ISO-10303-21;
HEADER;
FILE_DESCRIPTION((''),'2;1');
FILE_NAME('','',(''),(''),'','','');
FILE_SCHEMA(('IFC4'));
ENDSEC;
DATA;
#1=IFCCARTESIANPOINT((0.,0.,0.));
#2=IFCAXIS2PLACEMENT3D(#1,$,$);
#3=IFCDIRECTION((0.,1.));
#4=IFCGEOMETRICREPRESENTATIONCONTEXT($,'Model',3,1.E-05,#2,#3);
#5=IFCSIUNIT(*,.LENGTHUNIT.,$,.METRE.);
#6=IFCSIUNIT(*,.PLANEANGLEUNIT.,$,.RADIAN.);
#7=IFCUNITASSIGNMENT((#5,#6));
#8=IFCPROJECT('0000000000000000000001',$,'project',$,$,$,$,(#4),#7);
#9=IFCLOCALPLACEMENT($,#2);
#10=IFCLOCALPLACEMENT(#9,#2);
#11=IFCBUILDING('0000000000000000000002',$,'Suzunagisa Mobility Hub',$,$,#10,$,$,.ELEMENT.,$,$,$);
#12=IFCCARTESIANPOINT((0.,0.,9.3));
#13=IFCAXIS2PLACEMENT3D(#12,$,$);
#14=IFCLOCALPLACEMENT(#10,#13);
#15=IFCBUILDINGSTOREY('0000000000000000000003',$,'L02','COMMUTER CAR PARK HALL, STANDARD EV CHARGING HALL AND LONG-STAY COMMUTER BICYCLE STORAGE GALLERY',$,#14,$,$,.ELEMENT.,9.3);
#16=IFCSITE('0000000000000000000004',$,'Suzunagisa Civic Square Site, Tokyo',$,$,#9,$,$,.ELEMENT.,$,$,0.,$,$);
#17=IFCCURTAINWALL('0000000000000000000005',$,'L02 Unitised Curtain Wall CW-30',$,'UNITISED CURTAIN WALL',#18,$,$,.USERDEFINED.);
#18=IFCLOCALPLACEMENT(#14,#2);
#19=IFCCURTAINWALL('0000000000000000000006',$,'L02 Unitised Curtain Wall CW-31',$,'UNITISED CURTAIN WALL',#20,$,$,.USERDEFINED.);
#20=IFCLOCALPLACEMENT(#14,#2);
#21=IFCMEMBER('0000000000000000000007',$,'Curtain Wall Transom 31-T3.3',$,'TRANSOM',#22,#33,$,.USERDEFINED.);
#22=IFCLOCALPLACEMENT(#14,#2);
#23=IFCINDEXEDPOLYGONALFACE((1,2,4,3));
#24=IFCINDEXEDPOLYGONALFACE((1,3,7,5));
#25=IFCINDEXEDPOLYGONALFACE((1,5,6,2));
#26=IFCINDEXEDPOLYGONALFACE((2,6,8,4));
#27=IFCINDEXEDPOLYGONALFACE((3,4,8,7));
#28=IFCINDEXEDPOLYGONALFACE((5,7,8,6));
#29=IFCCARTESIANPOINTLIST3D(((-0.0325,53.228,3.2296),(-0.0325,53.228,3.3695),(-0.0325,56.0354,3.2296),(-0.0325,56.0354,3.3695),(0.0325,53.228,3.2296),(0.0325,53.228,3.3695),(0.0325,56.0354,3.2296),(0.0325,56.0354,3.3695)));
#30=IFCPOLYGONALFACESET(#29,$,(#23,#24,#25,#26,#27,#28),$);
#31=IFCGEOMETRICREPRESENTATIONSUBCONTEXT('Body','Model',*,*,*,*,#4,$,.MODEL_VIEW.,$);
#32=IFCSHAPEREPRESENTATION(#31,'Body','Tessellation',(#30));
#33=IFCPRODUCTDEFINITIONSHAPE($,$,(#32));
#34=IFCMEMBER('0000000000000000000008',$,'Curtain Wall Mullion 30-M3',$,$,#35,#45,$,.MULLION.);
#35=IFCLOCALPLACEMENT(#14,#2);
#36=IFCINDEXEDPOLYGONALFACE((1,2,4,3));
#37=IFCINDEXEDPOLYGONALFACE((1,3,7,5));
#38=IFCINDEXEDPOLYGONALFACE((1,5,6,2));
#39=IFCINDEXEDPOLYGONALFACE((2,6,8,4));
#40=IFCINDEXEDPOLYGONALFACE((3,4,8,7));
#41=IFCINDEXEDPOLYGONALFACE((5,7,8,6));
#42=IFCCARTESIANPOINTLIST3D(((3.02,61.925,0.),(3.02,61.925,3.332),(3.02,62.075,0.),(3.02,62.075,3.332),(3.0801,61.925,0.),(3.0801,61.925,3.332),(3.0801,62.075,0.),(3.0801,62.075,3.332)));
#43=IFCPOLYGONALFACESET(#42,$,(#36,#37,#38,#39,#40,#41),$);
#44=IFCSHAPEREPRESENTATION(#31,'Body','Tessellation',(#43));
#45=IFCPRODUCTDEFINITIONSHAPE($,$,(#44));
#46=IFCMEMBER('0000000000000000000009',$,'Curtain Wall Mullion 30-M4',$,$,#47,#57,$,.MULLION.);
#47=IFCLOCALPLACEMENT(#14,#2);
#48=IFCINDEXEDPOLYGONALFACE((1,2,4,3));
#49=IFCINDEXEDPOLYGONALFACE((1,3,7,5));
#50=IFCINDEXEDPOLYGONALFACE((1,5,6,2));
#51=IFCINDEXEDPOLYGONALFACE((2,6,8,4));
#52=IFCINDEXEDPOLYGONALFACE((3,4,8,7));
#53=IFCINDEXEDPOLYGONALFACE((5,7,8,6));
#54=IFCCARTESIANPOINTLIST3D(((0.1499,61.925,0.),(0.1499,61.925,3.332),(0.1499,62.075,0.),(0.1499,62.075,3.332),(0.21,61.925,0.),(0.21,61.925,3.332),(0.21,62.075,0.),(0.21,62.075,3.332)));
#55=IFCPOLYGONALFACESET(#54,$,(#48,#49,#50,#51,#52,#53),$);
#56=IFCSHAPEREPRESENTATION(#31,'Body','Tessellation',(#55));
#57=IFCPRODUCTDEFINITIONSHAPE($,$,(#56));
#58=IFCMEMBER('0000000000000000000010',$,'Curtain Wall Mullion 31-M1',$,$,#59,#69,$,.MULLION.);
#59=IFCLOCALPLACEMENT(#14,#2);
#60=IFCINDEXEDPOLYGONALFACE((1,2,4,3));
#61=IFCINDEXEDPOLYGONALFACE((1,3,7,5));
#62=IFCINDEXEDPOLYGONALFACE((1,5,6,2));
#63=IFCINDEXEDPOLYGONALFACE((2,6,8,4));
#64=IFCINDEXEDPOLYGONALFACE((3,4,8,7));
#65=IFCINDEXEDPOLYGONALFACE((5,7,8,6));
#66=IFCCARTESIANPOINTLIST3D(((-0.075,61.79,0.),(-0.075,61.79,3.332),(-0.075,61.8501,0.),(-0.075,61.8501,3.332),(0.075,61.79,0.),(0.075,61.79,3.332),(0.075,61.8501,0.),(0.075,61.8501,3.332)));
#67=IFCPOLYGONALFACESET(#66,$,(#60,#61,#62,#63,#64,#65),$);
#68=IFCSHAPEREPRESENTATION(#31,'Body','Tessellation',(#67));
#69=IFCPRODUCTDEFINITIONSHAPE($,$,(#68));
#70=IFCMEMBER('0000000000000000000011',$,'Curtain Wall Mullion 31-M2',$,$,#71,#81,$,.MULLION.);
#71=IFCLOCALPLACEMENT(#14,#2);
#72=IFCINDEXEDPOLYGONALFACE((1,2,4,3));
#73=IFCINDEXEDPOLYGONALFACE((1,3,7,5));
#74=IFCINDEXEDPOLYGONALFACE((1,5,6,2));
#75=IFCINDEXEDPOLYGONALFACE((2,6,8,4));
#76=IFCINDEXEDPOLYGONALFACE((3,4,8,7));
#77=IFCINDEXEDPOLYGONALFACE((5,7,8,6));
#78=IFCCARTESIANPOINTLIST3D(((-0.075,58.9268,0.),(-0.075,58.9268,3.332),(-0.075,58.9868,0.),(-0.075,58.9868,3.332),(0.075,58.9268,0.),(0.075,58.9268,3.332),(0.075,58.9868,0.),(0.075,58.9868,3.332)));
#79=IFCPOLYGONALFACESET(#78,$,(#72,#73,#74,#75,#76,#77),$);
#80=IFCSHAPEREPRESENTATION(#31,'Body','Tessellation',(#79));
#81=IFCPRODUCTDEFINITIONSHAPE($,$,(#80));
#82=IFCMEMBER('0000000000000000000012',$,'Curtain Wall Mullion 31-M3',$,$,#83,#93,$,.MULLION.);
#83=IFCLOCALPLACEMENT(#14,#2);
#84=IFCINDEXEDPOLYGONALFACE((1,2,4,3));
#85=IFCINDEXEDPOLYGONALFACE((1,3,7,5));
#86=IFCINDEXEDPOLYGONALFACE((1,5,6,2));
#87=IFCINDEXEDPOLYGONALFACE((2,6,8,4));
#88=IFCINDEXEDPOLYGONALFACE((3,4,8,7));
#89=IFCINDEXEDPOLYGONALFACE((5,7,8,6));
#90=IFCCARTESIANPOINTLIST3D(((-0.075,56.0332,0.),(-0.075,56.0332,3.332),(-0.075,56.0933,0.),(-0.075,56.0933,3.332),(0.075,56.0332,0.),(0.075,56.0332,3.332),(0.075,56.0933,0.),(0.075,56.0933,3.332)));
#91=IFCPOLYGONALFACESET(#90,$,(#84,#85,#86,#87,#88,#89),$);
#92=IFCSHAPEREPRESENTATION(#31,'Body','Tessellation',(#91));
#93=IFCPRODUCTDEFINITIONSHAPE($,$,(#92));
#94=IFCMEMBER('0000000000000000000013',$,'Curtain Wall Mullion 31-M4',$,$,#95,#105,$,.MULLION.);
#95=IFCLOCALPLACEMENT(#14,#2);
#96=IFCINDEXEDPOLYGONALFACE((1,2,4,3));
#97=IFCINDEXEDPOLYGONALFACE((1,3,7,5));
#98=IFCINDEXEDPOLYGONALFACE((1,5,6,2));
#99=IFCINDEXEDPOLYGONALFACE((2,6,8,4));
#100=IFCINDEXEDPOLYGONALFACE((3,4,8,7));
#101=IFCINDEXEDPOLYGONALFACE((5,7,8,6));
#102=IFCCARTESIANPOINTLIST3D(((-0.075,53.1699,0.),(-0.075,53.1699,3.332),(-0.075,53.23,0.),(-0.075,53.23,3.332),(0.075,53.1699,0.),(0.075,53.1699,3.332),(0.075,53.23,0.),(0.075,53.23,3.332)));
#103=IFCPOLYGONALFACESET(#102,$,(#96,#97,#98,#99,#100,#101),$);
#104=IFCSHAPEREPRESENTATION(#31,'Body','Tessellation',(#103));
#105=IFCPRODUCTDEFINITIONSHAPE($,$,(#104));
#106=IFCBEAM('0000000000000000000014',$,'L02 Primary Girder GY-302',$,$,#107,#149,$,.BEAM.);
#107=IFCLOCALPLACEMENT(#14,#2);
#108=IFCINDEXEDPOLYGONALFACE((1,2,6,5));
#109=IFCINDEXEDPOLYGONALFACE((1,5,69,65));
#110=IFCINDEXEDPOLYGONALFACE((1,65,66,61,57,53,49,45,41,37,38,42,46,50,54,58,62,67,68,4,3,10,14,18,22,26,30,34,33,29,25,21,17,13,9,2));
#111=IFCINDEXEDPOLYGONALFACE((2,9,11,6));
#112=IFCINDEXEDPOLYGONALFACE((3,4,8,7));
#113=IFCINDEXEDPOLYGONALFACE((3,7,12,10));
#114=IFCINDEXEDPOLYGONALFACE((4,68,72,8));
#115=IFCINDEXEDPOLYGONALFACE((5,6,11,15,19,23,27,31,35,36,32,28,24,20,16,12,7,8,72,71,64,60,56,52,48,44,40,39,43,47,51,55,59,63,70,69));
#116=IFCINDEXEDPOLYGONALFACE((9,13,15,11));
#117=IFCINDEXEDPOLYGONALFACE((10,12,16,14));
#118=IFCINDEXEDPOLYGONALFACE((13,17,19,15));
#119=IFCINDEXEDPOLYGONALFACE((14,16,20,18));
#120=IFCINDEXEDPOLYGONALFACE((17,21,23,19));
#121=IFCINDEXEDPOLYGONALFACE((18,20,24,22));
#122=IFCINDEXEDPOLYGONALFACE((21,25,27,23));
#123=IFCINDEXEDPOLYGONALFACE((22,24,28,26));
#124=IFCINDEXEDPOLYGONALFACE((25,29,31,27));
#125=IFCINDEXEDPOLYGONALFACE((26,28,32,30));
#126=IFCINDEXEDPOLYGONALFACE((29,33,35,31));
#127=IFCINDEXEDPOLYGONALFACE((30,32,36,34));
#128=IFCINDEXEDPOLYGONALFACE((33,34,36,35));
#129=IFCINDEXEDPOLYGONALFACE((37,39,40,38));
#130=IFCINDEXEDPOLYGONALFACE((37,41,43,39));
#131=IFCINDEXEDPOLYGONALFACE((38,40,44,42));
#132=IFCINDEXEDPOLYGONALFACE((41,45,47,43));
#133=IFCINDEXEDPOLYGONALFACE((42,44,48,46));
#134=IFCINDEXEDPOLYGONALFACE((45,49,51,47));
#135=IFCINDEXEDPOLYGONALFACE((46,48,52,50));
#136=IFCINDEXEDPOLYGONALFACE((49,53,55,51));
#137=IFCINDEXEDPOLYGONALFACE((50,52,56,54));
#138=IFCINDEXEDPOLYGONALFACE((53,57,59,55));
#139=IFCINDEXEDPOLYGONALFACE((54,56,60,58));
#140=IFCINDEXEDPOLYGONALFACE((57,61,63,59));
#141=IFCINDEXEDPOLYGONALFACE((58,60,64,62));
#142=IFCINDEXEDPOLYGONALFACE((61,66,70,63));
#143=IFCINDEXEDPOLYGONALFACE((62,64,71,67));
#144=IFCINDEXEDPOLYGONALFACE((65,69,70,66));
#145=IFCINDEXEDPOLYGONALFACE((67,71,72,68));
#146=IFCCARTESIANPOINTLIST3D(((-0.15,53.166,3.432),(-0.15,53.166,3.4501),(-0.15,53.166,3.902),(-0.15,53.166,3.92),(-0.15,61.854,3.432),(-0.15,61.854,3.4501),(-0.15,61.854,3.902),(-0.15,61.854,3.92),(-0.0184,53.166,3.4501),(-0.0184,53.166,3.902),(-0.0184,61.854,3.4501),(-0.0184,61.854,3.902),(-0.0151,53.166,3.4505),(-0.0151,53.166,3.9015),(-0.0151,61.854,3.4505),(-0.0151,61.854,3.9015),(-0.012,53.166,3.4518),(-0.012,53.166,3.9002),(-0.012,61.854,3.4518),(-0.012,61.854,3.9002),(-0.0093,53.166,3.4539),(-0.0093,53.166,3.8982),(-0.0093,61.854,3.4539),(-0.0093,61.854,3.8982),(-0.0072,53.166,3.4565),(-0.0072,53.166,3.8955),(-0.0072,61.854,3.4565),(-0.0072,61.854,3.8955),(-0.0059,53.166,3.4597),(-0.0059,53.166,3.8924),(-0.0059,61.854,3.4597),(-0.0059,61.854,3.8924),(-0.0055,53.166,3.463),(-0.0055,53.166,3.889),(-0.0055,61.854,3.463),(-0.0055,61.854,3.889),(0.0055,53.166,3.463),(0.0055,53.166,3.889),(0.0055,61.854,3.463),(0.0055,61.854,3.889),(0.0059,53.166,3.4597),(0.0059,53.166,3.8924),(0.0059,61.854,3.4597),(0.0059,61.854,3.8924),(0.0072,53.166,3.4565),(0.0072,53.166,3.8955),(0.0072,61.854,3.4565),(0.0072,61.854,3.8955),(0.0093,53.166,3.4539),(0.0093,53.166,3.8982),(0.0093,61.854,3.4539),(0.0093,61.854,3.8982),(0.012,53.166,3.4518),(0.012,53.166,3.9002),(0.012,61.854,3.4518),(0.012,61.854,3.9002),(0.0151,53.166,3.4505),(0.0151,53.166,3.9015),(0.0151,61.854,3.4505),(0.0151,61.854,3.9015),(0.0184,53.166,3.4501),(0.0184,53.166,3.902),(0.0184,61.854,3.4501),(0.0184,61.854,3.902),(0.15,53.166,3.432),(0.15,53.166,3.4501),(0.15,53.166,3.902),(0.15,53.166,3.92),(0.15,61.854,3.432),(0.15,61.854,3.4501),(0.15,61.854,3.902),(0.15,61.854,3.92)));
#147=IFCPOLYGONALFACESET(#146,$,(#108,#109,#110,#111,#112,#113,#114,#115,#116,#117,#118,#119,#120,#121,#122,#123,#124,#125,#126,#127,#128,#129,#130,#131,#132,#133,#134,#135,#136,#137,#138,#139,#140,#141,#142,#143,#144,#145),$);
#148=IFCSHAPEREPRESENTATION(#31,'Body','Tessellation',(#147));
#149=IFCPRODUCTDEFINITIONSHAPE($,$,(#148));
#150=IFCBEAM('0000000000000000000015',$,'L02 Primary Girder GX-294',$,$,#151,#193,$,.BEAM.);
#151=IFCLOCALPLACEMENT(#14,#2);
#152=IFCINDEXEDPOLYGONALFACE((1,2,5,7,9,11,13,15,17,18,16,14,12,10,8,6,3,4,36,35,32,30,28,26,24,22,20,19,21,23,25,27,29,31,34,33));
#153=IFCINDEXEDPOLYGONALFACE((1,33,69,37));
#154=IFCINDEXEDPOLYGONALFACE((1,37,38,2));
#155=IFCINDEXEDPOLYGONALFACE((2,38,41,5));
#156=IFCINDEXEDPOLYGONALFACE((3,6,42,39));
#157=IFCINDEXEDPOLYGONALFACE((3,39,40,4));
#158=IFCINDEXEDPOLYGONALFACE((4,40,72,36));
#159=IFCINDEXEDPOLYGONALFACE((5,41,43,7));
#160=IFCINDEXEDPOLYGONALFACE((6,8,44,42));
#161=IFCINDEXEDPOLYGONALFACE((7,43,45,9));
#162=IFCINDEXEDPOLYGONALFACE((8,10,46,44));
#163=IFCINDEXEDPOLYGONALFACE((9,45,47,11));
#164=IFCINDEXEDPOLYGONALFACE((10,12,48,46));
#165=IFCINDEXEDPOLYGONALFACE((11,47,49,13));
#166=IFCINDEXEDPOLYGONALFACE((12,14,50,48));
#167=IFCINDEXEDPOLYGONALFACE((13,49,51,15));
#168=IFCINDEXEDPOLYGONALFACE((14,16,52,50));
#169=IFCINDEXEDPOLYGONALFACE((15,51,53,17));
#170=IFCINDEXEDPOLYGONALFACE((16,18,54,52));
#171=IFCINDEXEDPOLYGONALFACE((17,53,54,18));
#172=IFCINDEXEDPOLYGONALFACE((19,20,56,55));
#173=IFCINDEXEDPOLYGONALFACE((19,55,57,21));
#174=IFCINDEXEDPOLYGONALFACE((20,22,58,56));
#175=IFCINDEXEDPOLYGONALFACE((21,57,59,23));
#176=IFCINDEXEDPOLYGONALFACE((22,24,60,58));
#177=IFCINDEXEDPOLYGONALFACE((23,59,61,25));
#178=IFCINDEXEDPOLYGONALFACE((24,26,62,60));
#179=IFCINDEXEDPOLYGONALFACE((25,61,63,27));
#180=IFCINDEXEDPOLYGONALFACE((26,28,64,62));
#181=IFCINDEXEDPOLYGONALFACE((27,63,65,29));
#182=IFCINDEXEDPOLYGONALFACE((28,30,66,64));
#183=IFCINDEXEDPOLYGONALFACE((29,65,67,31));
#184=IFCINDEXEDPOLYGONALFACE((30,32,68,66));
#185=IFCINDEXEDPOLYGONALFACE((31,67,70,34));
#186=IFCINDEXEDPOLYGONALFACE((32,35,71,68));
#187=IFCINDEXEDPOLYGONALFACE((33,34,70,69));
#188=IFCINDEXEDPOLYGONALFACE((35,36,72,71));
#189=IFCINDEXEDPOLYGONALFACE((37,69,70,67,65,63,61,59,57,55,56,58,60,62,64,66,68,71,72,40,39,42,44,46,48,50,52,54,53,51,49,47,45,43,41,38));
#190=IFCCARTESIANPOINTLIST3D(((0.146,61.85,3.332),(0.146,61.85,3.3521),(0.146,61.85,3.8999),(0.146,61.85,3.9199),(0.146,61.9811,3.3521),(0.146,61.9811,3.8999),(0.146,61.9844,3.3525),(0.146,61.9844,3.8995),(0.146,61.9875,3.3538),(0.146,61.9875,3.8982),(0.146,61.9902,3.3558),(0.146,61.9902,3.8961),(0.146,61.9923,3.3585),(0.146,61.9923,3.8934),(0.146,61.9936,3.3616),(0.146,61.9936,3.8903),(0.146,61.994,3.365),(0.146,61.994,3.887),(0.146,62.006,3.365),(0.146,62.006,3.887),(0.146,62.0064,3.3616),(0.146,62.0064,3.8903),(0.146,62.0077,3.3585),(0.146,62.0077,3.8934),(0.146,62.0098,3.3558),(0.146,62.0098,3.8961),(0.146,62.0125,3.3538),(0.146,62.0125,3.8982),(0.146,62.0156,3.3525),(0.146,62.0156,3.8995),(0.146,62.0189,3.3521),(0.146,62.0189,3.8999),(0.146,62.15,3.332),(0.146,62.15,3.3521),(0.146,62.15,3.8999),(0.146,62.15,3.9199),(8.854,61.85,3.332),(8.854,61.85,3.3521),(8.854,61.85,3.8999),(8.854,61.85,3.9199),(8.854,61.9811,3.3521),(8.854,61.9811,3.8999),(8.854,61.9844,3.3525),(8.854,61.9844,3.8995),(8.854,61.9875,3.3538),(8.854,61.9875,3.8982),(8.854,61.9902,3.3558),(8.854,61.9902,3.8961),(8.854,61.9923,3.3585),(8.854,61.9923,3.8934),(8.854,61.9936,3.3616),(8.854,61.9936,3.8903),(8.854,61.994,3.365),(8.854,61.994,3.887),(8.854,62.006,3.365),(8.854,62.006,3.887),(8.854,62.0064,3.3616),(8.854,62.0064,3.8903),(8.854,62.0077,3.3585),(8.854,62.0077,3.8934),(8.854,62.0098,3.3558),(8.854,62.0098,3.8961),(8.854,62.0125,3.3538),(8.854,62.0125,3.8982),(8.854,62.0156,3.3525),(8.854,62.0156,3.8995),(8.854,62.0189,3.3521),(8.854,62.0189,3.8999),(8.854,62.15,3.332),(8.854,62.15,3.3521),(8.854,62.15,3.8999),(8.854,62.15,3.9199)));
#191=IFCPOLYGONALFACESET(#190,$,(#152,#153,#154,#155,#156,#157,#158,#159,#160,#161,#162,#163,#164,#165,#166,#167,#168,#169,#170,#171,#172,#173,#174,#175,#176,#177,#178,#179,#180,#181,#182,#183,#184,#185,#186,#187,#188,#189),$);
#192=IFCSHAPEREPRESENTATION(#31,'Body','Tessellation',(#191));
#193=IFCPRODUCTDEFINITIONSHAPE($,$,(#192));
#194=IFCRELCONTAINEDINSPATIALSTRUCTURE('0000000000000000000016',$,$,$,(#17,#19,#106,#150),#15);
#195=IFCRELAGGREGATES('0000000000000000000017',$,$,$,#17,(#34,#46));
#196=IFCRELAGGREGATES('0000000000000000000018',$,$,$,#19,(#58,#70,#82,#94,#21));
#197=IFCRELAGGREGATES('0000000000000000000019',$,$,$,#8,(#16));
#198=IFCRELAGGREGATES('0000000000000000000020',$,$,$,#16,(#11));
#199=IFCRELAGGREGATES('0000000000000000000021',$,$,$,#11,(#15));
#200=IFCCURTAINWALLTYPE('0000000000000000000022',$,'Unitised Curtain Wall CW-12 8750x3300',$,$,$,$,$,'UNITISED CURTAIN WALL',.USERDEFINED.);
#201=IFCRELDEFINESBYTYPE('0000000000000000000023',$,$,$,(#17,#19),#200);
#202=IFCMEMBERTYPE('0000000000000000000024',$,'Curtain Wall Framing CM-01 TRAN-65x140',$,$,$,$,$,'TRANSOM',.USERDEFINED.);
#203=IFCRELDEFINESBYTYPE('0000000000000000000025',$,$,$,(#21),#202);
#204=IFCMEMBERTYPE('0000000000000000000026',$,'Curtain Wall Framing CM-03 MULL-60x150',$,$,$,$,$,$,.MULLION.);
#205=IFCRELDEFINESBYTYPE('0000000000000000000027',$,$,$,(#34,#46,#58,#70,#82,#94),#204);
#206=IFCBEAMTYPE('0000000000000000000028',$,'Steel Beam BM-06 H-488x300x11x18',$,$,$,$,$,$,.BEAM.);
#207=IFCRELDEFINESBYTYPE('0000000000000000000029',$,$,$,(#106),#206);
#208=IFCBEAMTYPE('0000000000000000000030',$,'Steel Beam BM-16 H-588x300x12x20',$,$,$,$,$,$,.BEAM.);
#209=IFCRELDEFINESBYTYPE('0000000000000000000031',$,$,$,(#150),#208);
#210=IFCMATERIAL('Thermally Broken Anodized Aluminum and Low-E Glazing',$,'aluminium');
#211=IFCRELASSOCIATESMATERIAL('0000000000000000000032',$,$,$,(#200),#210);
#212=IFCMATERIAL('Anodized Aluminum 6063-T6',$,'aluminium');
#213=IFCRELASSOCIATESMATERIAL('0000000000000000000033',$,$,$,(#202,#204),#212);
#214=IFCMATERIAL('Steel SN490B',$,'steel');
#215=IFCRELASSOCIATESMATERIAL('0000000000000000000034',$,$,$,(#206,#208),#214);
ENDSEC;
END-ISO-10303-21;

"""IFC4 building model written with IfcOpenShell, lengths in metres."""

from ifc_helpers import new_model, si_unit, direction, frame, origin, origin_2d, place, context, subcontext, project, spatial, rectangle, i_section, extrude, material, material_profile, profile_set, type_object, element, aggregate, save


model = new_model("IFC4")

# Units and contexts
model_context = context("Model", 3, precision=1e-05, world=origin(), true_north=direction((0.0, 1.0)))
body_context = subcontext(model_context, "Body", "Model", "MODEL_VIEW")
ifc_project = project(units=[si_unit("LENGTHUNIT", "METRE"), si_unit("PLANEANGLEUNIT", "RADIAN")], contexts=[model_context])

# Site, building, storey
site_placement = place(None, origin())
site = spatial("IfcSite", under=ifc_project, at=site_placement, Name="Suzunagisa Civic Square Site, Tokyo", CompositionType="ELEMENT", RefElevation=0.0)
building_placement = place(site_placement, origin())
building = spatial("IfcBuilding", under=site, at=building_placement, Name="Suzunagisa Mobility Hub", CompositionType="ELEMENT")
storey_placement = place(building_placement, frame((0.0, 0.0, 9.3)))
storey = spatial("IfcBuildingStorey", under=building, at=storey_placement, Name="L02", Description="COMMUTER CAR PARK HALL, STANDARD EV CHARGING HALL AND LONG-STAY COMMUTER BICYCLE STORAGE GALLERY", CompositionType="ELEMENT", Elevation=9.3)

# Shared definitions
ifc_material_1 = material(Name="Steel SN490B", Category="steel")

# Curtain walls, member
ifc_material_2 = material(Name="Thermally Broken Anodized Aluminum and Low-E Glazing", Category="aluminium")
curtain_wall_type = type_object("IfcCurtainWallType", Name="Unitised Curtain Wall CW-12 8750x3300", ElementType="UNITISED CURTAIN WALL", PredefinedType="USERDEFINED", material=ifc_material_2)
curtain_wall_1_placement = place(storey_placement, origin())
curtain_wall_1 = element("IfcCurtainWall", 1, at=curtain_wall_1_placement, inside=storey, type_object=curtain_wall_type, Name="L02 Unitised Curtain Wall CW-30", ObjectType="UNITISED CURTAIN WALL", PredefinedType="USERDEFINED")
ifc_material_3 = material(Name="Anodized Aluminum 6063-T6", Category="aluminium")
ifc_material_profile_1 = material_profile(ifc_material_3, rectangle(XDim=0.0649, YDim=0.1399, at=origin_2d()), Name="TRAN-65x140")
ifc_profile_set_1 = profile_set([ifc_material_profile_1], Name="Anodized Aluminum 6063-T6")
member_type_1 = type_object("IfcMemberType", Name="Curtain Wall Framing CM-01 TRAN-65x140", ElementType="TRANSOM", PredefinedType="USERDEFINED", material=ifc_profile_set_1)
curtain_wall_2_placement = place(storey_placement, origin())
curtain_wall_2 = element("IfcCurtainWall", 2, at=curtain_wall_2_placement, inside=storey, type_object=curtain_wall_type, Name="L02 Unitised Curtain Wall CW-31", ObjectType="UNITISED CURTAIN WALL", PredefinedType="USERDEFINED")
member_1_placement = place(storey_placement, frame((0.0, 56.0354, 3.2996), z_axis=(0.0, -1.0, 0.0), x_axis=(1.0, 0.0, 0.0)))
member_1 = element("IfcMember", 3, at=member_1_placement, type_object=member_type_1, Name="Curtain Wall Transom 31-T3.3", ObjectType="TRANSOM", PredefinedType="USERDEFINED", context=body_context, shape_type="SweptSolid", body=[
    extrude(rectangle(XDim=0.0649, YDim=0.1399, at=origin_2d()), origin(), (0.0, 0.0, 1.0), 2.8074),
])

# Members
ifc_material_profile_2 = material_profile(ifc_material_3, rectangle(XDim=0.0601, YDim=0.1499, at=origin_2d()), Name="MULL-60x150")
ifc_profile_set_2 = profile_set([ifc_material_profile_2], Name="Anodized Aluminum 6063-T6")
member_type_2 = type_object("IfcMemberType", Name="Curtain Wall Framing CM-03 MULL-60x150", PredefinedType="MULLION", material=ifc_profile_set_2)
member_2_placement = place(storey_placement, frame((3.05, 62.0, 0.0), z_axis=(0.0, 0.0, 1.0), x_axis=(-1.0, 0.0, 0.0)))
member_2 = element("IfcMember", 4, at=member_2_placement, type_object=member_type_2, Name="Curtain Wall Mullion 30-M3", PredefinedType="MULLION", context=body_context, shape_type="SweptSolid", body=[
    extrude(rectangle(XDim=0.0601, YDim=0.1499, at=origin_2d()), origin(), (0.0, 0.0, 1.0), 3.332),
])
member_3_placement = place(storey_placement, frame((0.1799, 62.0, 0.0), z_axis=(0.0, 0.0, 1.0), x_axis=(-1.0, 0.0, 0.0)))
member_3 = element("IfcMember", 5, at=member_3_placement, type_object=member_type_2, Name="Curtain Wall Mullion 30-M4", PredefinedType="MULLION", context=body_context, shape_type="SweptSolid", body=[
    extrude(rectangle(XDim=0.0601, YDim=0.1499, at=origin_2d()), origin(), (0.0, 0.0, 1.0), 3.332),
])
member_4_placement = place(storey_placement, frame((0.0, 61.8201, 0.0), z_axis=(0.0, 0.0, 1.0), x_axis=(0.0, -1.0, 0.0)))
member_4 = element("IfcMember", 6, at=member_4_placement, type_object=member_type_2, Name="Curtain Wall Mullion 31-M1", PredefinedType="MULLION", context=body_context, shape_type="SweptSolid", body=[
    extrude(rectangle(XDim=0.0601, YDim=0.1499, at=origin_2d()), origin(), (0.0, 0.0, 1.0), 3.332),
])
member_5_placement = place(storey_placement, frame((0.0, 58.9568, 0.0), z_axis=(0.0, 0.0, 1.0), x_axis=(0.0, -1.0, 0.0)))
member_5 = element("IfcMember", 7, at=member_5_placement, type_object=member_type_2, Name="Curtain Wall Mullion 31-M2", PredefinedType="MULLION", context=body_context, shape_type="SweptSolid", body=[
    extrude(rectangle(XDim=0.0601, YDim=0.1499, at=origin_2d()), origin(), (0.0, 0.0, 1.0), 3.332),
])
member_6_placement = place(storey_placement, frame((0.0, 56.0632, 0.0), z_axis=(0.0, 0.0, 1.0), x_axis=(0.0, -1.0, 0.0)))
member_6 = element("IfcMember", 8, at=member_6_placement, type_object=member_type_2, Name="Curtain Wall Mullion 31-M3", PredefinedType="MULLION", context=body_context, shape_type="SweptSolid", body=[
    extrude(rectangle(XDim=0.0601, YDim=0.1499, at=origin_2d()), origin(), (0.0, 0.0, 1.0), 3.332),
])
member_7_placement = place(storey_placement, frame((0.0, 53.2, 0.0), z_axis=(0.0, 0.0, 1.0), x_axis=(0.0, -1.0, 0.0)))
member_7 = element("IfcMember", 9, at=member_7_placement, type_object=member_type_2, Name="Curtain Wall Mullion 31-M4", PredefinedType="MULLION", context=body_context, shape_type="SweptSolid", body=[
    extrude(rectangle(XDim=0.0601, YDim=0.1499, at=origin_2d()), origin(), (0.0, 0.0, 1.0), 3.332),
])

# Beams
ifc_material_profile_3 = material_profile(ifc_material_1, i_section(OverallWidth=0.3, OverallDepth=0.488, WebThickness=0.011, FlangeThickness=0.0181, FilletRadius=0.0129, at=origin_2d()), Name="H-488x300x11x18")
ifc_profile_set_3 = profile_set([ifc_material_profile_3], Name="Steel SN490B")
beam_type_1 = type_object("IfcBeamType", Name="Steel Beam BM-06 H-488x300x11x18", PredefinedType="BEAM", material=ifc_profile_set_3)
beam_1_placement = place(storey_placement, frame((0.0, 53.166, 3.676), z_axis=(0.0, 1.0, 0.0), x_axis=(-1.0, 0.0, 0.0)))
element("IfcBeam", 10, at=beam_1_placement, inside=storey, type_object=beam_type_1, Name="L02 Primary Girder GY-302", PredefinedType="BEAM", context=body_context, shape_type="SweptSolid", body=[
    extrude(i_section(OverallWidth=0.3, OverallDepth=0.488, WebThickness=0.011, FlangeThickness=0.0181, FilletRadius=0.0129, at=origin_2d()), origin(), (0.0, 0.0, 1.0), 8.688),
])
ifc_material_profile_4 = material_profile(ifc_material_1, i_section(OverallWidth=0.3, OverallDepth=0.5879, WebThickness=0.012, FlangeThickness=0.02, FilletRadius=0.0129, at=origin_2d()), Name="H-588x300x12x20")
ifc_profile_set_4 = profile_set([ifc_material_profile_4], Name="Steel SN490B")
beam_type_2 = type_object("IfcBeamType", Name="Steel Beam BM-16 H-588x300x12x20", PredefinedType="BEAM", material=ifc_profile_set_4)
beam_2_placement = place(storey_placement, frame((0.146, 62.0, 3.626), z_axis=(1.0, 0.0, 0.0), x_axis=(0.0, 1.0, 0.0)))
element("IfcBeam", 11, at=beam_2_placement, inside=storey, type_object=beam_type_2, Name="L02 Primary Girder GX-294", PredefinedType="BEAM", context=body_context, shape_type="SweptSolid", body=[
    extrude(i_section(OverallWidth=0.3, OverallDepth=0.5879, WebThickness=0.012, FlangeThickness=0.02, FilletRadius=0.0129, at=origin_2d()), origin(), (0.0, 0.0, 1.0), 8.708),
])

aggregate(curtain_wall_1, [member_2, member_3])
aggregate(curtain_wall_2, [member_4, member_5, member_6, member_7, member_1])

save(model, "model.ifc")
